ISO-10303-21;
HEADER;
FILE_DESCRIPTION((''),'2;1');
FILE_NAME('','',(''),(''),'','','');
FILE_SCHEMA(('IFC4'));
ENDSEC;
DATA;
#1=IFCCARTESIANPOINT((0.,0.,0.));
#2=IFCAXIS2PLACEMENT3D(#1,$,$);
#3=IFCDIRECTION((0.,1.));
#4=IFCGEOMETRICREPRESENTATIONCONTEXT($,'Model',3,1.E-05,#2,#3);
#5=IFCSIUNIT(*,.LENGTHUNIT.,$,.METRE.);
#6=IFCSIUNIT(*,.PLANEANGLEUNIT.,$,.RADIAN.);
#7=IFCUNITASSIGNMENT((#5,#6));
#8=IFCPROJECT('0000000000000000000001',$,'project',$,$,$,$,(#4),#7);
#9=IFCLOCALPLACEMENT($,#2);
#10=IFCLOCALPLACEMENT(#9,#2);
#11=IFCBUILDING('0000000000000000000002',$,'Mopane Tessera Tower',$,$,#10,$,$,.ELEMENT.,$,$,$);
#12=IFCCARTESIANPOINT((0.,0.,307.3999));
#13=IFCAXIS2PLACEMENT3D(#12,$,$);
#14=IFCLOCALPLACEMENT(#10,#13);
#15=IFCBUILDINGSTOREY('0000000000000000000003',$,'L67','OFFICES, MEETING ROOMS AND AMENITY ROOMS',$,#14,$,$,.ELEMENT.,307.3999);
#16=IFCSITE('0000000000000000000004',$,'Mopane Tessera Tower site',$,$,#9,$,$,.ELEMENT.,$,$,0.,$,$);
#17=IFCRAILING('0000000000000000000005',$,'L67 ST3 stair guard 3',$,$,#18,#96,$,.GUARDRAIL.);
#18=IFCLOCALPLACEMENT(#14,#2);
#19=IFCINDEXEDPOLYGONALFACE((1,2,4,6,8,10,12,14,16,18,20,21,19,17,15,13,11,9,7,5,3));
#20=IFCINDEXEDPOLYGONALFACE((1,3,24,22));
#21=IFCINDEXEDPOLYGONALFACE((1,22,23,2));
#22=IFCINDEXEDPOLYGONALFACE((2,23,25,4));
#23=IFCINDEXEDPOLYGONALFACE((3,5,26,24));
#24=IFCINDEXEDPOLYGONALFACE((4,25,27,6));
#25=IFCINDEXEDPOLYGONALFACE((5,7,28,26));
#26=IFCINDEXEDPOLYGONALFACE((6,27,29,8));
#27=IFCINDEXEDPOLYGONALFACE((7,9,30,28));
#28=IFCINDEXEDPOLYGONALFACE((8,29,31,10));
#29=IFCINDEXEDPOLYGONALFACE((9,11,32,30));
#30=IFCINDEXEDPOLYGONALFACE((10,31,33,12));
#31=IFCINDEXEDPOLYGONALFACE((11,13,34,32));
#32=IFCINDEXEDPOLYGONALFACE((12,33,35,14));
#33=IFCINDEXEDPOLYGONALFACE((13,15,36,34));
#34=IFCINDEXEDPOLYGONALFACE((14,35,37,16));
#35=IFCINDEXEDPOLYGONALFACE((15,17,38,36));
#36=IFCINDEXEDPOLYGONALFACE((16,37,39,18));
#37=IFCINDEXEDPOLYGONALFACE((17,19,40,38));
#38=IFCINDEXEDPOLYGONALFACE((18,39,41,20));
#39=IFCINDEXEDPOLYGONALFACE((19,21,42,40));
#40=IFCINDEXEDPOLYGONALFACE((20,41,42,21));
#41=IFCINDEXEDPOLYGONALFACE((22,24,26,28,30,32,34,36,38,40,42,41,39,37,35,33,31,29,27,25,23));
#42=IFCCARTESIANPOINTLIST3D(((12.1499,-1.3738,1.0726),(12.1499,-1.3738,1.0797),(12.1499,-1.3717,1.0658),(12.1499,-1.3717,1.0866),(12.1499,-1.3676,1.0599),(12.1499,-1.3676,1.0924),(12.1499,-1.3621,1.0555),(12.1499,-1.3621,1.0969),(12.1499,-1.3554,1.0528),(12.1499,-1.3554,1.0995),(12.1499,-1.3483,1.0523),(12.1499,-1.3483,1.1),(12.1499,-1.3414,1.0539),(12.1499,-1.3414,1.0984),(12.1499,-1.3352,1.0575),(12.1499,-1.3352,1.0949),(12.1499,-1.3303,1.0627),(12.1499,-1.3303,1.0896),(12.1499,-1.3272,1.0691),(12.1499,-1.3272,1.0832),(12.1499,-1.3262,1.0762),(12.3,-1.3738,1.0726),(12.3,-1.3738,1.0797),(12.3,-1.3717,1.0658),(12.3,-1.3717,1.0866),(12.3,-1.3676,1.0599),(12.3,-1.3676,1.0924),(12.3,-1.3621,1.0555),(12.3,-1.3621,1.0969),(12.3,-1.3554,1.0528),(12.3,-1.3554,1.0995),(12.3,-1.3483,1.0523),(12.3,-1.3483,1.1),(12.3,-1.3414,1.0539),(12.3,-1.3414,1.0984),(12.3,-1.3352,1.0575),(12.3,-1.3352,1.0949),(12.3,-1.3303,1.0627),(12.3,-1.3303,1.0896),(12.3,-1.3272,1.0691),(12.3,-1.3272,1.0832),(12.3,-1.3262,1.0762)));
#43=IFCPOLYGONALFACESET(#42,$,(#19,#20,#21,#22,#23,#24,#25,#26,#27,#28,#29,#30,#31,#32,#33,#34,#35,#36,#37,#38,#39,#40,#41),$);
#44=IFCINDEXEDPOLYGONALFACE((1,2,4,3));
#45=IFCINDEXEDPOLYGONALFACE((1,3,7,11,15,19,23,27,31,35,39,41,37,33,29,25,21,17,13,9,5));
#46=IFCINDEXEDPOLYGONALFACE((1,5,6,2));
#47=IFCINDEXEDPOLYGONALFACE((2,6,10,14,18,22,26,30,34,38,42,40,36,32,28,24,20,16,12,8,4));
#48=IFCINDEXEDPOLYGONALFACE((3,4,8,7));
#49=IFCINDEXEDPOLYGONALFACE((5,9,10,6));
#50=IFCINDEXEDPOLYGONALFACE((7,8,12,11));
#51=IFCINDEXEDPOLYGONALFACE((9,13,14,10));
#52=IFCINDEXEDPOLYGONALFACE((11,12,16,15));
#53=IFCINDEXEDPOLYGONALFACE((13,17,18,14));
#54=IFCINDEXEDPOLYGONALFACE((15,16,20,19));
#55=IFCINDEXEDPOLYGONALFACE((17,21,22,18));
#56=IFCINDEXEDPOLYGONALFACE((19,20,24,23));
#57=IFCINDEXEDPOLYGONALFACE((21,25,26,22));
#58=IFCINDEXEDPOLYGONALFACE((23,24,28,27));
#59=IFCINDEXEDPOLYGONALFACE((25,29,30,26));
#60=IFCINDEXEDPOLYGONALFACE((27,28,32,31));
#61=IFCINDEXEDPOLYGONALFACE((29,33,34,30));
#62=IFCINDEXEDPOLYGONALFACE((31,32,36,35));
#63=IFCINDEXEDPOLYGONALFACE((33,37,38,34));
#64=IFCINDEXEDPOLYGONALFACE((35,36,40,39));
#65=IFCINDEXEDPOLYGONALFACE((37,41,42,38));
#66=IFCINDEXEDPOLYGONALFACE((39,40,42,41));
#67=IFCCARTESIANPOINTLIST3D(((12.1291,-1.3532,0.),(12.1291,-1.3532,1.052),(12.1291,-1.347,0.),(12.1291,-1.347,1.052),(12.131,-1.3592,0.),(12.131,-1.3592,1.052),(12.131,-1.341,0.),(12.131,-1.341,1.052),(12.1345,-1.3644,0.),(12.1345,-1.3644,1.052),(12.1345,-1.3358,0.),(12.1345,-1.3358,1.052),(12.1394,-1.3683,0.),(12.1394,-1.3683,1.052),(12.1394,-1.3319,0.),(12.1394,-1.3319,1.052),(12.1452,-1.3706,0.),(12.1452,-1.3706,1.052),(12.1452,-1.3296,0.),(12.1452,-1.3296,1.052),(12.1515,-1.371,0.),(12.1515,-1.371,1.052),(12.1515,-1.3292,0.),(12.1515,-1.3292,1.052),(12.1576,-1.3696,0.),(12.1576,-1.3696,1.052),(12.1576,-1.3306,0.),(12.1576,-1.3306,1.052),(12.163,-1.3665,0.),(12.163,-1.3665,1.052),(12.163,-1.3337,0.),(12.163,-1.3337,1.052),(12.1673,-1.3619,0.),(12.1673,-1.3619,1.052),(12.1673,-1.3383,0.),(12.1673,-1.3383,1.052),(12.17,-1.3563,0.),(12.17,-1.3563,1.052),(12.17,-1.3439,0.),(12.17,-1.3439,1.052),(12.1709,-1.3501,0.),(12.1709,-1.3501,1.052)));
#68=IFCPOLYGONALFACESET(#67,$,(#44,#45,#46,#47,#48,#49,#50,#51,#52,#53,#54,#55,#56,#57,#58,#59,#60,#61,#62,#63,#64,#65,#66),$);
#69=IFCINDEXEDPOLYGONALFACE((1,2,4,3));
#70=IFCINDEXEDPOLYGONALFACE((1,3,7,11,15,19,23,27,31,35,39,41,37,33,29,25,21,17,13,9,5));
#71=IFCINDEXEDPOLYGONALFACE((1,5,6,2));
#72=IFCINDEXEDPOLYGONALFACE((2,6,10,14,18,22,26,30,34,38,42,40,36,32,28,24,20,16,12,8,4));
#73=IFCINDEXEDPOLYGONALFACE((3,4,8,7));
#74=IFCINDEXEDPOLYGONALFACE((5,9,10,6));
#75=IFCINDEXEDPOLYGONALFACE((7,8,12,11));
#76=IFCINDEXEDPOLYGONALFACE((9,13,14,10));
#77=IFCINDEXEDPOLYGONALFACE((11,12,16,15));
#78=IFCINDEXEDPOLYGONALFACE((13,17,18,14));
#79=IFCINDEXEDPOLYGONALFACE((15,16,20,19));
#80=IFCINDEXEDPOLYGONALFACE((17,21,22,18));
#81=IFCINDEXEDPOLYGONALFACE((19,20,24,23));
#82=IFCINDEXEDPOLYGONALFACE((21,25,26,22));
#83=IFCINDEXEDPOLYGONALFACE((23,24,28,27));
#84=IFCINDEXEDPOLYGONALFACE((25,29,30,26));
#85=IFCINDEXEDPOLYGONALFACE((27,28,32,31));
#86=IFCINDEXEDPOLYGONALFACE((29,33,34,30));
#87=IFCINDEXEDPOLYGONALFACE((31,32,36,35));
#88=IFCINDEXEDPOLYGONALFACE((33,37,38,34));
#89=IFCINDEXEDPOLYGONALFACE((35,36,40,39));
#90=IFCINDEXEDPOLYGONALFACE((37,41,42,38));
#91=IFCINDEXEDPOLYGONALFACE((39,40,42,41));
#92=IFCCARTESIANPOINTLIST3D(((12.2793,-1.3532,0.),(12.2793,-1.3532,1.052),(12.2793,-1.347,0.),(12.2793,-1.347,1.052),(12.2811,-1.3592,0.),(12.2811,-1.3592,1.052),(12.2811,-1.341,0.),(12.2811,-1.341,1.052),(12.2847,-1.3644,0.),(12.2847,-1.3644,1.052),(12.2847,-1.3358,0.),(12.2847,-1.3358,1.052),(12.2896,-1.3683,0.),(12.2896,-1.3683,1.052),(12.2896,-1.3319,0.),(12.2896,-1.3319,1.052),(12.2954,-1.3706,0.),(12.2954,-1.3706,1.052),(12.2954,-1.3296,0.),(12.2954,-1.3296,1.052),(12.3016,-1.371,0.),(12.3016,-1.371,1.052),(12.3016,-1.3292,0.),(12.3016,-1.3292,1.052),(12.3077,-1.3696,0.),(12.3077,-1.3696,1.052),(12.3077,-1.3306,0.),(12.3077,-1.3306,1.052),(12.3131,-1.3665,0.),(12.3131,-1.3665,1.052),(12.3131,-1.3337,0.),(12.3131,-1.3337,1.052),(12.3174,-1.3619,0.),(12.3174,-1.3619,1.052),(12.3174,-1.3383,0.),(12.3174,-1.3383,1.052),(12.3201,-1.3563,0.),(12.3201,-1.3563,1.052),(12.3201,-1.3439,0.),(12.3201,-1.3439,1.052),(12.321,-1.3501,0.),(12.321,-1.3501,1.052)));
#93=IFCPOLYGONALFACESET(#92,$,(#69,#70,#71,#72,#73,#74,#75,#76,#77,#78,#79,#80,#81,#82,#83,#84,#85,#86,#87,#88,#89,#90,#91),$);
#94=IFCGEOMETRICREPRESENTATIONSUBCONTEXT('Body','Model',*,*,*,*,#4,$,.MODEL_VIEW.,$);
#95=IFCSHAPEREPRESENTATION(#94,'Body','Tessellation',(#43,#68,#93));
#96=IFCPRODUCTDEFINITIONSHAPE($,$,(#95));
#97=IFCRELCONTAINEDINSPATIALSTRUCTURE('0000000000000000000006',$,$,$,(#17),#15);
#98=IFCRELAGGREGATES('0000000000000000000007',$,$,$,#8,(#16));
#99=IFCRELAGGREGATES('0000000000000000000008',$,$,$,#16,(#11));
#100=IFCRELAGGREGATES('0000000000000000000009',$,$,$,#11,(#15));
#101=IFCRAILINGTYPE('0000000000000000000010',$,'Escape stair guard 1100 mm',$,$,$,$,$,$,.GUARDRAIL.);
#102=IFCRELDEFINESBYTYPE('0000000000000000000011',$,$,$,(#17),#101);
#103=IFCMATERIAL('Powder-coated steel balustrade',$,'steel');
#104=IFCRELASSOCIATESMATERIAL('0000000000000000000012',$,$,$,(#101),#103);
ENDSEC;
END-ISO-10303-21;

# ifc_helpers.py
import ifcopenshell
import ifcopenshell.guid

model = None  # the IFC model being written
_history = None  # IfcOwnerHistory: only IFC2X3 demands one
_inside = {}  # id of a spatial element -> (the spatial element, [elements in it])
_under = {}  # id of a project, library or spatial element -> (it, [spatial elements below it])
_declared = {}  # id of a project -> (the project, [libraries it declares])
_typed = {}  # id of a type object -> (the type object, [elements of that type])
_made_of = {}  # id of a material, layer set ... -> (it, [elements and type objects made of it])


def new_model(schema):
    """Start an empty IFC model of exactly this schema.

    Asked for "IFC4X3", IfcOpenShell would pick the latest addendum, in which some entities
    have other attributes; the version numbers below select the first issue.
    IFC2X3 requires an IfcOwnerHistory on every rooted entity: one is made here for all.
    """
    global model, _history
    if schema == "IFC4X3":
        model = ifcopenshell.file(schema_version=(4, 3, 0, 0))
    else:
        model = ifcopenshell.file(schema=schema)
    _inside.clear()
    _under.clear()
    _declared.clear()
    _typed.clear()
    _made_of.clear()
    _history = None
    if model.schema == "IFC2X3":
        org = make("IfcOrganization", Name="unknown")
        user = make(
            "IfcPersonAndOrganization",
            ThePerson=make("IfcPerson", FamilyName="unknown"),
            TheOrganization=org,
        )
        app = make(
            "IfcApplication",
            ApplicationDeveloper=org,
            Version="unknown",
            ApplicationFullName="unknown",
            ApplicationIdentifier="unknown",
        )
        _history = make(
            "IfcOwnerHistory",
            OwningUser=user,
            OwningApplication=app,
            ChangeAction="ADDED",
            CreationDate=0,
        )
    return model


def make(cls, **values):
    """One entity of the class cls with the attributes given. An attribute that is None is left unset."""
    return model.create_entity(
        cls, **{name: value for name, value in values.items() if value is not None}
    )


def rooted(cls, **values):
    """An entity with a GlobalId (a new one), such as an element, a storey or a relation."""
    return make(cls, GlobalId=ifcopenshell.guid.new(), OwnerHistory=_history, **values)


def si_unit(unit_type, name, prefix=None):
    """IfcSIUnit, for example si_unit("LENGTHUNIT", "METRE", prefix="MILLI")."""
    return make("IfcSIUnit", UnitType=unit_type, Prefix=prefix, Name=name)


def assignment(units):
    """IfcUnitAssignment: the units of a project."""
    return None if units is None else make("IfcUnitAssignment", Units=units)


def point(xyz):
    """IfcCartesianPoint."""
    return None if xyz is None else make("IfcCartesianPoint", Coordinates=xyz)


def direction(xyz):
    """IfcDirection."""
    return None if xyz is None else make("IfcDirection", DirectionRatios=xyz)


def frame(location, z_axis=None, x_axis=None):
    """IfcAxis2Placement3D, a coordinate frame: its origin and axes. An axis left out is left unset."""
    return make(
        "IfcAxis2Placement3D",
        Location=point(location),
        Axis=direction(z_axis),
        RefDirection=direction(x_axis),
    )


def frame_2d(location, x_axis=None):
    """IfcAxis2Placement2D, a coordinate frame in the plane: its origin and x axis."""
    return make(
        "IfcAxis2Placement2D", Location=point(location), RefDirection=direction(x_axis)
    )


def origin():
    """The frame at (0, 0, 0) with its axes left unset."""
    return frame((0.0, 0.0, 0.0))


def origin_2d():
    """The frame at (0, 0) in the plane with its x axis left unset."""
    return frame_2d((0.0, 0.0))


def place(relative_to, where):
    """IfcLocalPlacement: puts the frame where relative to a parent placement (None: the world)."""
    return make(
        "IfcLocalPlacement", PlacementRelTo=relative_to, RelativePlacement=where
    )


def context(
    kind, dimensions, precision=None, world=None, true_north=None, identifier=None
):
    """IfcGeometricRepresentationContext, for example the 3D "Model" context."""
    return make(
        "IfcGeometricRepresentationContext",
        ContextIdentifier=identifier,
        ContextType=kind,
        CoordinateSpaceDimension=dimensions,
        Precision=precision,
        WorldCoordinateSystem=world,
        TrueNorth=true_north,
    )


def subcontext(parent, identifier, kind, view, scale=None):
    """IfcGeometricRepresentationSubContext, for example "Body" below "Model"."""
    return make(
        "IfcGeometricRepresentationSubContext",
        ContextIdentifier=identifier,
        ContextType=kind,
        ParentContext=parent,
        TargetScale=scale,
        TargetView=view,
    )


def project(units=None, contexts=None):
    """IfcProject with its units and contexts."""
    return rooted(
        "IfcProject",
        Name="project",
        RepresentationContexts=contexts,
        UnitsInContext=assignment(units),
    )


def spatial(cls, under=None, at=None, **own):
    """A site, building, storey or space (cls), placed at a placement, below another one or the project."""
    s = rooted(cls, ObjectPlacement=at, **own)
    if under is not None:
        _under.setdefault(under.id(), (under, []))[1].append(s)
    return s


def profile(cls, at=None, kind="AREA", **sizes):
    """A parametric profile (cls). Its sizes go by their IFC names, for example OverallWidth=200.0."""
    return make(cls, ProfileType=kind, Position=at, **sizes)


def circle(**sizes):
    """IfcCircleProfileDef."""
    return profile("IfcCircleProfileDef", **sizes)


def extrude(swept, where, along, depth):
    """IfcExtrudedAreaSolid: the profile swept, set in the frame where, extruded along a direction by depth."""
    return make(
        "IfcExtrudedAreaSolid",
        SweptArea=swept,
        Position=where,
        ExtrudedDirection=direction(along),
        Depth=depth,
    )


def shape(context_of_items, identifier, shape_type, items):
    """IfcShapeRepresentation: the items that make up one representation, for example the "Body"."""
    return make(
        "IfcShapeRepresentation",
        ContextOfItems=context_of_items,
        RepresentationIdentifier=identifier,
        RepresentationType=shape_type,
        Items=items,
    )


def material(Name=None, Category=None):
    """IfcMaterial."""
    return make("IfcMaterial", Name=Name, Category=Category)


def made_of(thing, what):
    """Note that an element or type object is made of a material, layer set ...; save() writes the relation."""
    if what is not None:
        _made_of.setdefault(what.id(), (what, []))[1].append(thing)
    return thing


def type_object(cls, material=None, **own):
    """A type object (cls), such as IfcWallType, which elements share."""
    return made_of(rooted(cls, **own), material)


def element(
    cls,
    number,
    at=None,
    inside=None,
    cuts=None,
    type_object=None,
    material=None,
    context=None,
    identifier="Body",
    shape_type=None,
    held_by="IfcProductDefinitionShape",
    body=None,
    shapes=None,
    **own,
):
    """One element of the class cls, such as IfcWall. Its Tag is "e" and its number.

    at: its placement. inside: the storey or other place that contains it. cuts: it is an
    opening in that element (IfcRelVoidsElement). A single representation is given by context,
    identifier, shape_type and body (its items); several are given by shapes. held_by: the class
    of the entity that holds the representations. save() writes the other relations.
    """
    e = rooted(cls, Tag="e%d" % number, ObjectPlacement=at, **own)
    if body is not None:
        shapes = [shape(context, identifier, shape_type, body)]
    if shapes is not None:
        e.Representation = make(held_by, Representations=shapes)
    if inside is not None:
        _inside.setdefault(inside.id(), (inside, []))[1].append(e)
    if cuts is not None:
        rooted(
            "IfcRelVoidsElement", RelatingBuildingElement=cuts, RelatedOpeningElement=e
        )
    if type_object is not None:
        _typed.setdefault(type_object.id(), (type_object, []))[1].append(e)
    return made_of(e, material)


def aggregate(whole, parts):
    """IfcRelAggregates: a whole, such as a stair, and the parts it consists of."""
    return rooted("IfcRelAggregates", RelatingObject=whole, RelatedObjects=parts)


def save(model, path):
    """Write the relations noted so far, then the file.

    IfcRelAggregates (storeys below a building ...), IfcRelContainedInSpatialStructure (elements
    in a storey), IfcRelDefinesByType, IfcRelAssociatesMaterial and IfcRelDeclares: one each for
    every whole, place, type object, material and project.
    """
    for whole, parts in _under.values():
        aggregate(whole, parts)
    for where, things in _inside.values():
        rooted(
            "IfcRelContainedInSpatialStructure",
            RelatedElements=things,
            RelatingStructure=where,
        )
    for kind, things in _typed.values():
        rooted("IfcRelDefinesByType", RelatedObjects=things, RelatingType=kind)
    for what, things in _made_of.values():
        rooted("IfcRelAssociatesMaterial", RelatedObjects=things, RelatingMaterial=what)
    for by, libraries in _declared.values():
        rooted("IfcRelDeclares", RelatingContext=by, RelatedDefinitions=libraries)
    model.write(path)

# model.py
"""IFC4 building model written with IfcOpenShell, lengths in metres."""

from ifc_helpers import new_model, si_unit, direction, frame, origin, origin_2d, place, context, subcontext, project, spatial, circle, extrude, material, type_object, element, save


model = new_model("IFC4")

# Units and contexts
model_context = context("Model", 3, precision=1e-05, world=origin(), true_north=direction((0.0, 1.0)))
body_context = subcontext(model_context, "Body", "Model", "MODEL_VIEW")
ifc_project = project(units=[si_unit("LENGTHUNIT", "METRE"), si_unit("PLANEANGLEUNIT", "RADIAN")], contexts=[model_context])

# Site, building, storey
site_placement = place(None, origin())
site = spatial("IfcSite", under=ifc_project, at=site_placement, Name="Mopane Tessera Tower site", CompositionType="ELEMENT", RefElevation=0.0)
building_placement = place(site_placement, origin())
building = spatial("IfcBuilding", under=site, at=building_placement, Name="Mopane Tessera Tower", CompositionType="ELEMENT")
storey_placement = place(building_placement, frame((0.0, 0.0, 307.3999)))
storey = spatial("IfcBuildingStorey", under=building, at=storey_placement, Name="L67", Description="OFFICES, MEETING ROOMS AND AMENITY ROOMS", CompositionType="ELEMENT", Elevation=307.3999)

# Railing
ifc_material_1 = material(Name="Powder-coated steel balustrade", Category="steel")
railing_type_1 = type_object("IfcRailingType", Name="Escape stair guard 1100 mm", PredefinedType="GUARDRAIL", material=ifc_material_1)
railing_1_placement = place(storey_placement, frame((12.1499, -1.3501, 0.0)))
element("IfcRailing", 1, at=railing_1_placement, inside=storey, type_object=railing_type_1, Name="L67 ST3 stair guard 3", PredefinedType="GUARDRAIL", context=body_context, shape_type="SweptSolid", body=[
    extrude(circle(Radius=0.0239, at=origin_2d()), frame((0.0, 0.0, 1.0762), z_axis=(1.0, 0.0, 0.0), x_axis=(0.0, 1.0, 0.0)), (0.0, 0.0, 1.0), 0.1501),
    extrude(circle(Radius=0.021, at=origin_2d()), origin(), (0.0, 0.0, 1.0), 1.052),
    extrude(circle(Radius=0.021, at=origin_2d()), frame((0.1501, 0.0, 0.0)), (0.0, 0.0, 1.0), 1.052),
])

save(model, "model.ifc")
